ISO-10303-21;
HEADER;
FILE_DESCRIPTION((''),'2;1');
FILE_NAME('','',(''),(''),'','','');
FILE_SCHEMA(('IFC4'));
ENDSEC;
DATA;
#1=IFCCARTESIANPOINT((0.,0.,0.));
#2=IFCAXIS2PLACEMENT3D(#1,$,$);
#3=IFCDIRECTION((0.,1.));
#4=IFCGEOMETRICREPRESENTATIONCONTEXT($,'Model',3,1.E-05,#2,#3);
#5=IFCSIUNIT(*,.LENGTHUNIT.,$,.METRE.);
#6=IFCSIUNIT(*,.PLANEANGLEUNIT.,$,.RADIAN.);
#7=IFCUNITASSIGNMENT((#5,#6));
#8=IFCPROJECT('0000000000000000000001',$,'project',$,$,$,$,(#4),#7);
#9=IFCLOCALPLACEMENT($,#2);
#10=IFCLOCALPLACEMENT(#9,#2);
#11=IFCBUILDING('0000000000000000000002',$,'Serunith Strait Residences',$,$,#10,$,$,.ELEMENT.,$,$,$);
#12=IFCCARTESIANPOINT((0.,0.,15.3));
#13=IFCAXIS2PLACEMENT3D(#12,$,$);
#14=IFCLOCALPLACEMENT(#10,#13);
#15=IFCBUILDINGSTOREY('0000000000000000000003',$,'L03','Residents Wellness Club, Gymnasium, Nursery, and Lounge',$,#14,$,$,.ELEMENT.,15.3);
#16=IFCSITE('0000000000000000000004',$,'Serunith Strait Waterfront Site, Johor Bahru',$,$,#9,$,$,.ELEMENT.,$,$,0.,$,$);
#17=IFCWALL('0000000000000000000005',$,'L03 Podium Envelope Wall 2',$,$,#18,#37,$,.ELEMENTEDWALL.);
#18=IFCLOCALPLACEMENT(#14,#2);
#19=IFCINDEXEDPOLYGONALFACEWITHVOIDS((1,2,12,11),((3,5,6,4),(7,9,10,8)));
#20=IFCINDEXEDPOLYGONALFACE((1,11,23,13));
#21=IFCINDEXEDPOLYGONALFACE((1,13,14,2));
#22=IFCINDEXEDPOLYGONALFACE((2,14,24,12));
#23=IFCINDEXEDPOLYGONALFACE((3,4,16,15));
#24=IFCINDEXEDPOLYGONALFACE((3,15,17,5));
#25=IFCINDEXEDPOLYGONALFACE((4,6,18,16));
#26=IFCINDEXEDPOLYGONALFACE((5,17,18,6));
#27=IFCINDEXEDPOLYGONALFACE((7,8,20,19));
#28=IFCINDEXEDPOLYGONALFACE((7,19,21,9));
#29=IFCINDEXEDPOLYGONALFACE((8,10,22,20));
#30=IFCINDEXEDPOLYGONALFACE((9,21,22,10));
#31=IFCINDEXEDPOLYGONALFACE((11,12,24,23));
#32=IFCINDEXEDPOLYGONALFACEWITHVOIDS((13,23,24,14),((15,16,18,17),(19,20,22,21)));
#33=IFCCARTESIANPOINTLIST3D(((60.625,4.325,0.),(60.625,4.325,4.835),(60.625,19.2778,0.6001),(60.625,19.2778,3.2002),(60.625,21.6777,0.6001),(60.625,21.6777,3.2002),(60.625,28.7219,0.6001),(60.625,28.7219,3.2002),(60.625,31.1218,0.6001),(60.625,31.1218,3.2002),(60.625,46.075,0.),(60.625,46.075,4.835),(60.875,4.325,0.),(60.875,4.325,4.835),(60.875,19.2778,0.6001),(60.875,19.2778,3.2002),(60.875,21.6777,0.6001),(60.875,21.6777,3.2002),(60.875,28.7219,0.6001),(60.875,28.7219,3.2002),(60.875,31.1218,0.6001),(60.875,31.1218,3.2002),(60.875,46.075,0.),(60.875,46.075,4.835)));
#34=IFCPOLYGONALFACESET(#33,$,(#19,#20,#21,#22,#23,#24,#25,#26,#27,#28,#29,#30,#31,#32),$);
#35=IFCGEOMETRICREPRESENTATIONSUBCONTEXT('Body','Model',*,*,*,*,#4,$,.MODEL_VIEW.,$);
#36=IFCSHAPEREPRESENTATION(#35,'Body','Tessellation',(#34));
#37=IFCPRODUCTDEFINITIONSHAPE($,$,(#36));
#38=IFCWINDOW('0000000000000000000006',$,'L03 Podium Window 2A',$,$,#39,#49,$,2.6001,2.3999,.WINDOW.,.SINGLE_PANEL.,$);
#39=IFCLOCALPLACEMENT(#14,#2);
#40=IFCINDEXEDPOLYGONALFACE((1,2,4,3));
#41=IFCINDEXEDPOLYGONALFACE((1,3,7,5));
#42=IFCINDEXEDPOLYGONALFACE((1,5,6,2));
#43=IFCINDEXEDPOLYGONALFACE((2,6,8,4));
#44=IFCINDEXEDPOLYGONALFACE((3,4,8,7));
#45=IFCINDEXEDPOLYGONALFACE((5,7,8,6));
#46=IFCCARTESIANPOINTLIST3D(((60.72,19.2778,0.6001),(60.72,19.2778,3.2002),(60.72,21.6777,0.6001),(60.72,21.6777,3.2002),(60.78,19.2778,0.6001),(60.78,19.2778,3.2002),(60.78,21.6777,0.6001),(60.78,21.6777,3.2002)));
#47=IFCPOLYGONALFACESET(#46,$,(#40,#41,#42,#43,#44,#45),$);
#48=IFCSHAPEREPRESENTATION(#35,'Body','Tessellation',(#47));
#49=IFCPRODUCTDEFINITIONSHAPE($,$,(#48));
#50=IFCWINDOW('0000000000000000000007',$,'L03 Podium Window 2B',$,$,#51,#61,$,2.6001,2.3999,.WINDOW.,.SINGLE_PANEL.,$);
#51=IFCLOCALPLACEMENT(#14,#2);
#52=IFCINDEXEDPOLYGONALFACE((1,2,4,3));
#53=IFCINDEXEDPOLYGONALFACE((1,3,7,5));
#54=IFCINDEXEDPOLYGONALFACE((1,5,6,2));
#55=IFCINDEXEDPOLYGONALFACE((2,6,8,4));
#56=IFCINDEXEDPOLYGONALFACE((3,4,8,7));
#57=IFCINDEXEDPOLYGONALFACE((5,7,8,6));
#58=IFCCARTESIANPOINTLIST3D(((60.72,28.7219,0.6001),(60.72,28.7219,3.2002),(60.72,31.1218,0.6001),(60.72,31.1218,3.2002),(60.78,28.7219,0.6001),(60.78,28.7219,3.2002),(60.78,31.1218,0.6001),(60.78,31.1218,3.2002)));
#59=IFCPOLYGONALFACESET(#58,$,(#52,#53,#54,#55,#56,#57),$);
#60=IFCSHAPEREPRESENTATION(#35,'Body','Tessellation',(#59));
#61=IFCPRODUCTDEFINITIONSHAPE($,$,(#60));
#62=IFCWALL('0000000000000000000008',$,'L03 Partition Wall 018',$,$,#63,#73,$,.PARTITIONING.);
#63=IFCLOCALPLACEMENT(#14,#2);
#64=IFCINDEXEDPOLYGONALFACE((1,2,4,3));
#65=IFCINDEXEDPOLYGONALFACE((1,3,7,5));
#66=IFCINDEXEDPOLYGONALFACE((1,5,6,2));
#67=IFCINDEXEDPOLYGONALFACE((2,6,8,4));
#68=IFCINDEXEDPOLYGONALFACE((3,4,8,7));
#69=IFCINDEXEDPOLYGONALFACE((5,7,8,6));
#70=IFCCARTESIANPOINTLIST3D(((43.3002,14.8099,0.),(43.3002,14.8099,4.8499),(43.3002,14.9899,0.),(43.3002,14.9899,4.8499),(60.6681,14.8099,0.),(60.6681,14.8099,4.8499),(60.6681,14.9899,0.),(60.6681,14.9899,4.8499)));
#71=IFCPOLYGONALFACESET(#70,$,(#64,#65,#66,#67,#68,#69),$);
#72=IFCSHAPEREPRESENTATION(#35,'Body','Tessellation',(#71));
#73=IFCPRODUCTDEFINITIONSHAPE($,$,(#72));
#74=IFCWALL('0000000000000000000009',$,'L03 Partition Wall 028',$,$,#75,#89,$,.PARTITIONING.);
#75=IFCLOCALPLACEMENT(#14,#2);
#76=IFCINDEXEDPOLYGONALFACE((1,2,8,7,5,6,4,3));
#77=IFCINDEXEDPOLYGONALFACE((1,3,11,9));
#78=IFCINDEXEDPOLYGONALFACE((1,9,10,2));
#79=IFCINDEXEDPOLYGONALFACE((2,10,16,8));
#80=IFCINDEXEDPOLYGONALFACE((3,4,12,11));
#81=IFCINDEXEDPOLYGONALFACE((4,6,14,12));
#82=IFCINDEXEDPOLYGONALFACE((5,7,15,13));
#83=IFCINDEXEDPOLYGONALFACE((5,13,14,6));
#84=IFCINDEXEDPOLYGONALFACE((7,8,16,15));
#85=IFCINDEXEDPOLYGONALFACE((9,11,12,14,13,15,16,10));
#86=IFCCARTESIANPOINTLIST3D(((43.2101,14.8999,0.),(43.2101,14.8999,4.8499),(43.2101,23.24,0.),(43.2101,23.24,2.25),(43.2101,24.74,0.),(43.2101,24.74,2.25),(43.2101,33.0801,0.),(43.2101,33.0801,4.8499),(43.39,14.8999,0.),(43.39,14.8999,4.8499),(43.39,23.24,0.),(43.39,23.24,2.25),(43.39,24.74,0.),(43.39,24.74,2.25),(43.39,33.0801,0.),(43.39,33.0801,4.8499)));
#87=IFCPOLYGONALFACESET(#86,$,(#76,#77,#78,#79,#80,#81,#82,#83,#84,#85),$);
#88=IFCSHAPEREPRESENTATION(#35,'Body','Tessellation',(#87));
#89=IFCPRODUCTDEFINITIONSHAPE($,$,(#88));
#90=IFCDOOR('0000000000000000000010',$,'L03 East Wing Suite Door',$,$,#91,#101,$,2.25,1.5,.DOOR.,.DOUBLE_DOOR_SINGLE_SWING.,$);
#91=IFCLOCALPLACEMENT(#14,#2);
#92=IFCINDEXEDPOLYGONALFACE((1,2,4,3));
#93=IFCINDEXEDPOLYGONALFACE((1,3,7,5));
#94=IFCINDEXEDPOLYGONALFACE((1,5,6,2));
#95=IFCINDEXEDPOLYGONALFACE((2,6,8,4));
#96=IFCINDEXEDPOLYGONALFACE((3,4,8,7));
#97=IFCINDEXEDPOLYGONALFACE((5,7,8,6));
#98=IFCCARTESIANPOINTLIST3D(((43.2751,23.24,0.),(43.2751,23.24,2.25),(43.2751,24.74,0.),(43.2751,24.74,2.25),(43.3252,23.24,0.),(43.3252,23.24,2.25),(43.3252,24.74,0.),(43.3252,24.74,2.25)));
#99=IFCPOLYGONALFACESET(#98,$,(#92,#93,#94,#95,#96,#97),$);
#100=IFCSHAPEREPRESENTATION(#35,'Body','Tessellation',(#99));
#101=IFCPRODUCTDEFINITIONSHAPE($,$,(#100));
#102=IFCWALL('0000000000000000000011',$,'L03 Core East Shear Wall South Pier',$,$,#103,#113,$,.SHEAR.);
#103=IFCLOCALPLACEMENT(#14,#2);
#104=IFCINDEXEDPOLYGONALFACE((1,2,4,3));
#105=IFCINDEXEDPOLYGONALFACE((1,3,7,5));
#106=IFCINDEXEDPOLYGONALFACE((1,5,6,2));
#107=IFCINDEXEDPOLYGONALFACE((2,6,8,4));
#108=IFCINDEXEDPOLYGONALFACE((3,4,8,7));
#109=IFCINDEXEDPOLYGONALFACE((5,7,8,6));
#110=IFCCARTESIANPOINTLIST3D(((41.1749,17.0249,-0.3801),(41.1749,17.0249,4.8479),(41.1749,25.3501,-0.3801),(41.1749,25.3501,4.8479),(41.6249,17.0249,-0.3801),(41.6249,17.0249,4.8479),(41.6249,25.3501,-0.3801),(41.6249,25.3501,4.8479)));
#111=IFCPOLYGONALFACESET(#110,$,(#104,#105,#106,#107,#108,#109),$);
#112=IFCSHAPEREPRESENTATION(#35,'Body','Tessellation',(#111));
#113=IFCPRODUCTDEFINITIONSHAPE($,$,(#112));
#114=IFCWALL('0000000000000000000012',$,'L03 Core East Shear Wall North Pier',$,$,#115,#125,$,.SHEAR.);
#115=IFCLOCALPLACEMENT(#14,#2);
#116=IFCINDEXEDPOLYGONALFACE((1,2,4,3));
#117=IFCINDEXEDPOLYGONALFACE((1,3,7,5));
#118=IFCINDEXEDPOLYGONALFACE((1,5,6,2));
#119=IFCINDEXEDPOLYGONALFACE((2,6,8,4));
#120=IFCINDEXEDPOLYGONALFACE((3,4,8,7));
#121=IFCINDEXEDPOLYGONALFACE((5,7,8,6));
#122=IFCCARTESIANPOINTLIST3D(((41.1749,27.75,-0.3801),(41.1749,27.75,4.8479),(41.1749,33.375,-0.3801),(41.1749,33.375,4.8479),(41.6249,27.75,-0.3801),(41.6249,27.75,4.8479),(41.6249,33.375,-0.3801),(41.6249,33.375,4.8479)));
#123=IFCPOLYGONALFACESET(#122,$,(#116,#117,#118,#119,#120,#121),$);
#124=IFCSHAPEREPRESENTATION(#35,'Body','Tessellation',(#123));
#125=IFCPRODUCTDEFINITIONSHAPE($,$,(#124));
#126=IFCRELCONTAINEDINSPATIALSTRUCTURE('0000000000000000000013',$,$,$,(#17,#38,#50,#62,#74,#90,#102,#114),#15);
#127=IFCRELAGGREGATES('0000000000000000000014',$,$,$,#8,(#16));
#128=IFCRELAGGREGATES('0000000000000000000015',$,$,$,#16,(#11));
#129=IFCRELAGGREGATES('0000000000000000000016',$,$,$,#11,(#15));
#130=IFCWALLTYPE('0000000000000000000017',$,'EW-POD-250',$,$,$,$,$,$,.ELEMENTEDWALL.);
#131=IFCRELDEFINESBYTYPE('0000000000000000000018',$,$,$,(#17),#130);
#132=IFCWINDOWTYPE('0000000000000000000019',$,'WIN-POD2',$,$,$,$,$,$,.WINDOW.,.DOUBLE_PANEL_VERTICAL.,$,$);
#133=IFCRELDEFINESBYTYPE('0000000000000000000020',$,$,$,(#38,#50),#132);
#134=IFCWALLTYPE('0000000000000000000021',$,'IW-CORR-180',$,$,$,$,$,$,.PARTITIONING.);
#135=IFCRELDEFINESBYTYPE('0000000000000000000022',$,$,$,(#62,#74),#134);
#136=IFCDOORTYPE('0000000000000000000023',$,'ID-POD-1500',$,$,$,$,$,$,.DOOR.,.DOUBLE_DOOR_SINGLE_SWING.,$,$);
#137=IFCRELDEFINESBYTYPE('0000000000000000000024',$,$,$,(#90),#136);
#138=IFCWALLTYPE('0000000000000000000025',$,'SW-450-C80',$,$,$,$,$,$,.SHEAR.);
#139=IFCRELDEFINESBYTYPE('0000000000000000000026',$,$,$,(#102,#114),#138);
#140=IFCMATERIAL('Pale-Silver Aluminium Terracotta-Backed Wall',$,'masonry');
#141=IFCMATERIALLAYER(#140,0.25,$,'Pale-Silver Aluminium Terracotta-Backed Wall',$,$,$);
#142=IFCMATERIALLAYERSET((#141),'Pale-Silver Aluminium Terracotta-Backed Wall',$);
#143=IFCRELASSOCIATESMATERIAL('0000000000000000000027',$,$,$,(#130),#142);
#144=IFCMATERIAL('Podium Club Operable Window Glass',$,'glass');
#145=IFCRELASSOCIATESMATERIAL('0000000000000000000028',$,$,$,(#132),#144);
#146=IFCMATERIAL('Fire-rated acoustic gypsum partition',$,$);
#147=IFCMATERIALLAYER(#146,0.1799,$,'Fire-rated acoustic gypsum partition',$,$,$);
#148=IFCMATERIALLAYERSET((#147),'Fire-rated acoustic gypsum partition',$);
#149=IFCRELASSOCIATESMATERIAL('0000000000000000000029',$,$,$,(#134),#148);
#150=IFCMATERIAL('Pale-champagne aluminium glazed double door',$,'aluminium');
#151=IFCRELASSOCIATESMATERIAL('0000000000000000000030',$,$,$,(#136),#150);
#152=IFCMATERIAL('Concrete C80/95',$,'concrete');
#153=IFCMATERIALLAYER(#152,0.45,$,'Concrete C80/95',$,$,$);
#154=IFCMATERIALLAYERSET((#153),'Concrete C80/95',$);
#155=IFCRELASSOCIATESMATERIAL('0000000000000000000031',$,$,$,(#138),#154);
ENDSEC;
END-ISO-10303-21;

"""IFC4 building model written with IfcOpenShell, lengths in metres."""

from ifc_helpers import new_model, si_unit, direction, frame, frame_2d, origin, place, context, subcontext, project, spatial, rectangle, extrude, source, transform, mapped, material, layer, layer_set, type_object, element, fill, save


model = new_model("IFC4")

# Units and contexts
model_context = context("Model", 3, precision=1e-05, world=origin(), true_north=direction((0.0, 1.0)))
body_context = subcontext(model_context, "Body", "Model", "MODEL_VIEW")
ifc_project = project(units=[si_unit("LENGTHUNIT", "METRE"), si_unit("PLANEANGLEUNIT", "RADIAN")], contexts=[model_context])

# Site, building, storey
site_placement = place(None, origin())
site = spatial("IfcSite", under=ifc_project, at=site_placement, Name="Serunith Strait Waterfront Site, Johor Bahru", CompositionType="ELEMENT", RefElevation=0.0)
building_placement = place(site_placement, origin())
building = spatial("IfcBuilding", under=site, at=building_placement, Name="Serunith Strait Residences", CompositionType="ELEMENT")
storey_placement = place(building_placement, frame((0.0, 0.0, 15.3)))
storey = spatial("IfcBuildingStorey", under=building, at=storey_placement, Name="L03", Description="Residents Wellness Club, Gymnasium, Nursery, and Lounge", CompositionType="ELEMENT", Elevation=15.3)

# Wall, openings, windows
ifc_material_1 = material(Name="Pale-Silver Aluminium Terracotta-Backed Wall", Category="masonry")
ifc_layer_1 = layer(ifc_material_1, 0.25, Name="Pale-Silver Aluminium Terracotta-Backed Wall")
ifc_layer_set_1 = layer_set([ifc_layer_1], Name="Pale-Silver Aluminium Terracotta-Backed Wall")
wall_type_1 = type_object("IfcWallType", Name="EW-POD-250", PredefinedType="ELEMENTEDWALL", material=ifc_layer_set_1)
wall_1_placement = place(storey_placement, frame((60.75, 4.325, 0.0), z_axis=(0.0, 0.0, 1.0), x_axis=(0.0, 1.0, 0.0)))
wall_1 = element("IfcWall", 1, at=wall_1_placement, inside=storey, type_object=wall_type_1, Name="L03 Podium Envelope Wall 2", PredefinedType="ELEMENTEDWALL", context=body_context, shape_type="SweptSolid", body=[
    extrude(rectangle(XDim=41.75, YDim=0.25, at=frame_2d((20.875, 0.0))), origin(), (0.0, 0.0, 1.0), 4.835),
])
opening_1_placement = place(wall_1_placement, frame((14.9529, 0.0, 0.6001)))
opening_1 = element("IfcOpeningElement", 2, at=opening_1_placement, cuts=wall_1, PredefinedType="OPENING", context=body_context, shape_type="SweptSolid", body=[
    extrude(rectangle(XDim=2.3999, YDim=2.6001, at=frame_2d((1.2, 1.3))), frame((0.0, 0.135, 0.0), z_axis=(0.0, -1.0, 0.0), x_axis=(1.0, 0.0, 0.0)), (0.0, 0.0, 1.0), 0.27),
])
opening_2_placement = place(wall_1_placement, frame((24.397, 0.0, 0.6001)))
opening_2 = element("IfcOpeningElement", 3, at=opening_2_placement, cuts=wall_1, PredefinedType="OPENING", context=body_context, shape_type="SweptSolid", body=[
    extrude(rectangle(XDim=2.3999, YDim=2.6001, at=frame_2d((1.2, 1.3))), frame((0.0, 0.135, 0.0), z_axis=(0.0, -1.0, 0.0), x_axis=(1.0, 0.0, 0.0)), (0.0, 0.0, 1.0), 0.27),
])
ifc_material_2 = material(Name="Podium Club Operable Window Glass", Category="glass")
window_type = type_object("IfcWindowType", Name="WIN-POD2", PartitioningType="DOUBLE_PANEL_VERTICAL", PredefinedType="WINDOW", material=ifc_material_2)
shared_shape_1 = source(origin(), body_context, "Body", "SweptSolid", [
    extrude(rectangle(XDim=2.3999, YDim=2.6001, at=frame_2d((1.2, 1.3))), frame((0.0, 0.03, 0.0), z_axis=(0.0, -1.0, 0.0), x_axis=(1.0, 0.0, 0.0)), (0.0, 0.0, 1.0), 0.0601),
])
window_1_placement = place(opening_1_placement, origin())
window_1 = element("IfcWindow", 4, at=window_1_placement, inside=storey, type_object=window_type, Name="L03 Podium Window 2A", OverallHeight=2.6001, OverallWidth=2.3999, PartitioningType="SINGLE_PANEL", PredefinedType="WINDOW", context=body_context, shape_type="MappedRepresentation", body=[
    mapped(shared_shape_1, transform((0.0, 0.0, 0.0), scale=1.0)),
])
fill(opening_1, window_1)
window_2_placement = place(opening_2_placement, origin())
window_2 = element("IfcWindow", 5, at=window_2_placement, inside=storey, type_object=window_type, Name="L03 Podium Window 2B", OverallHeight=2.6001, OverallWidth=2.3999, PartitioningType="SINGLE_PANEL", PredefinedType="WINDOW", context=body_context, shape_type="MappedRepresentation", body=[
    mapped(shared_shape_1, transform((0.0, 0.0, 0.0), scale=1.0)),
])
fill(opening_2, window_2)

# Wall
ifc_material_3 = material(Name="Fire-rated acoustic gypsum partition")
ifc_layer_2 = layer(ifc_material_3, 0.1799, Name="Fire-rated acoustic gypsum partition")
ifc_layer_set_2 = layer_set([ifc_layer_2], Name="Fire-rated acoustic gypsum partition")
wall_type_2 = type_object("IfcWallType", Name="IW-CORR-180", PredefinedType="PARTITIONING", material=ifc_layer_set_2)
wall_2_placement = place(storey_placement, frame((43.3, 14.8999, 0.0), z_axis=(0.0, 0.0, 1.0), x_axis=(1.0, 0.0, 0.0)))
element("IfcWall", 6, at=wall_2_placement, inside=storey, type_object=wall_type_2, Name="L03 Partition Wall 018", PredefinedType="PARTITIONING", context=body_context, shape_type="SweptSolid", body=[
    extrude(rectangle(XDim=17.3679, YDim=0.1799, at=frame_2d((8.6841, 0.0))), origin(), (0.0, 0.0, 1.0), 4.8499),
])

# Wall, opening, door
wall_3_placement = place(storey_placement, frame((43.3, 14.8999, 0.0), z_axis=(0.0, 0.0, 1.0), x_axis=(0.0, 1.0, 0.0)))
wall_3 = element("IfcWall", 7, at=wall_3_placement, inside=storey, type_object=wall_type_2, Name="L03 Partition Wall 028", PredefinedType="PARTITIONING", context=body_context, shape_type="SweptSolid", body=[
    extrude(rectangle(XDim=18.1802, YDim=0.1799, at=frame_2d((9.0901, 0.0))), origin(), (0.0, 0.0, 1.0), 4.8499),
])
opening_3_placement = place(wall_3_placement, frame((8.3401, 0.0, 0.0)))
opening_3 = element("IfcOpeningElement", 8, at=opening_3_placement, cuts=wall_3, PredefinedType="OPENING", context=body_context, shape_type="SweptSolid", body=[
    extrude(rectangle(XDim=1.5, YDim=2.25, at=frame_2d((0.75, 1.125))), frame((0.0, 0.1001, 0.0), z_axis=(0.0, -1.0, 0.0), x_axis=(1.0, 0.0, 0.0)), (0.0, 0.0, 1.0), 0.2),
])
ifc_material_4 = material(Name="Pale-champagne aluminium glazed double door", Category="aluminium")
door_type_1 = type_object("IfcDoorType", Name="ID-POD-1500", OperationType="DOUBLE_DOOR_SINGLE_SWING", PredefinedType="DOOR", material=ifc_material_4)
shared_shape_2 = source(origin(), body_context, "Body", "SweptSolid", [
    extrude(rectangle(XDim=1.5, YDim=2.25, at=frame_2d((0.75, 1.125))), frame((0.0, 0.0249, 0.0), z_axis=(0.0, -1.0, 0.0), x_axis=(1.0, 0.0, 0.0)), (0.0, 0.0, 1.0), 0.05),
])
door_1_placement = place(opening_3_placement, origin())
door_1 = element("IfcDoor", 9, at=door_1_placement, inside=storey, type_object=door_type_1, Name="L03 East Wing Suite Door", OperationType="DOUBLE_DOOR_SINGLE_SWING", OverallHeight=2.25, OverallWidth=1.5, PredefinedType="DOOR", context=body_context, shape_type="MappedRepresentation", body=[
    mapped(shared_shape_2, transform((0.0, 0.0, 0.0), scale=1.0)),
])
fill(opening_3, door_1)

# Walls
ifc_material_5 = material(Name="Concrete C80/95", Category="concrete")
ifc_layer_3 = layer(ifc_material_5, 0.45, Name="Concrete C80/95")
ifc_layer_set_3 = layer_set([ifc_layer_3], Name="Concrete C80/95")
wall_type_3 = type_object("IfcWallType", Name="SW-450-C80", PredefinedType="SHEAR", material=ifc_layer_set_3)
wall_4_placement = place(storey_placement, frame((41.3999, 17.0249, -0.3801), z_axis=(0.0, 0.0, 1.0), x_axis=(0.0, 1.0, 0.0)))
element("IfcWall", 10, at=wall_4_placement, inside=storey, type_object=wall_type_3, Name="L03 Core East Shear Wall South Pier", PredefinedType="SHEAR", context=body_context, shape_type="SweptSolid", body=[
    extrude(rectangle(XDim=8.3252, YDim=0.45, at=frame_2d((4.1626, 0.0))), origin(), (0.0, 0.0, 1.0), 5.228),
])
wall_5_placement = place(storey_placement, frame((41.3999, 27.75, -0.3801), z_axis=(0.0, 0.0, 1.0), x_axis=(0.0, 1.0, 0.0)))
element("IfcWall", 11, at=wall_5_placement, inside=storey, type_object=wall_type_3, Name="L03 Core East Shear Wall North Pier", PredefinedType="SHEAR", context=body_context, shape_type="SweptSolid", body=[
    extrude(rectangle(XDim=5.625, YDim=0.45, at=frame_2d((2.8125, 0.0))), origin(), (0.0, 0.0, 1.0), 5.228),
])

save(model, "model.ifc")
